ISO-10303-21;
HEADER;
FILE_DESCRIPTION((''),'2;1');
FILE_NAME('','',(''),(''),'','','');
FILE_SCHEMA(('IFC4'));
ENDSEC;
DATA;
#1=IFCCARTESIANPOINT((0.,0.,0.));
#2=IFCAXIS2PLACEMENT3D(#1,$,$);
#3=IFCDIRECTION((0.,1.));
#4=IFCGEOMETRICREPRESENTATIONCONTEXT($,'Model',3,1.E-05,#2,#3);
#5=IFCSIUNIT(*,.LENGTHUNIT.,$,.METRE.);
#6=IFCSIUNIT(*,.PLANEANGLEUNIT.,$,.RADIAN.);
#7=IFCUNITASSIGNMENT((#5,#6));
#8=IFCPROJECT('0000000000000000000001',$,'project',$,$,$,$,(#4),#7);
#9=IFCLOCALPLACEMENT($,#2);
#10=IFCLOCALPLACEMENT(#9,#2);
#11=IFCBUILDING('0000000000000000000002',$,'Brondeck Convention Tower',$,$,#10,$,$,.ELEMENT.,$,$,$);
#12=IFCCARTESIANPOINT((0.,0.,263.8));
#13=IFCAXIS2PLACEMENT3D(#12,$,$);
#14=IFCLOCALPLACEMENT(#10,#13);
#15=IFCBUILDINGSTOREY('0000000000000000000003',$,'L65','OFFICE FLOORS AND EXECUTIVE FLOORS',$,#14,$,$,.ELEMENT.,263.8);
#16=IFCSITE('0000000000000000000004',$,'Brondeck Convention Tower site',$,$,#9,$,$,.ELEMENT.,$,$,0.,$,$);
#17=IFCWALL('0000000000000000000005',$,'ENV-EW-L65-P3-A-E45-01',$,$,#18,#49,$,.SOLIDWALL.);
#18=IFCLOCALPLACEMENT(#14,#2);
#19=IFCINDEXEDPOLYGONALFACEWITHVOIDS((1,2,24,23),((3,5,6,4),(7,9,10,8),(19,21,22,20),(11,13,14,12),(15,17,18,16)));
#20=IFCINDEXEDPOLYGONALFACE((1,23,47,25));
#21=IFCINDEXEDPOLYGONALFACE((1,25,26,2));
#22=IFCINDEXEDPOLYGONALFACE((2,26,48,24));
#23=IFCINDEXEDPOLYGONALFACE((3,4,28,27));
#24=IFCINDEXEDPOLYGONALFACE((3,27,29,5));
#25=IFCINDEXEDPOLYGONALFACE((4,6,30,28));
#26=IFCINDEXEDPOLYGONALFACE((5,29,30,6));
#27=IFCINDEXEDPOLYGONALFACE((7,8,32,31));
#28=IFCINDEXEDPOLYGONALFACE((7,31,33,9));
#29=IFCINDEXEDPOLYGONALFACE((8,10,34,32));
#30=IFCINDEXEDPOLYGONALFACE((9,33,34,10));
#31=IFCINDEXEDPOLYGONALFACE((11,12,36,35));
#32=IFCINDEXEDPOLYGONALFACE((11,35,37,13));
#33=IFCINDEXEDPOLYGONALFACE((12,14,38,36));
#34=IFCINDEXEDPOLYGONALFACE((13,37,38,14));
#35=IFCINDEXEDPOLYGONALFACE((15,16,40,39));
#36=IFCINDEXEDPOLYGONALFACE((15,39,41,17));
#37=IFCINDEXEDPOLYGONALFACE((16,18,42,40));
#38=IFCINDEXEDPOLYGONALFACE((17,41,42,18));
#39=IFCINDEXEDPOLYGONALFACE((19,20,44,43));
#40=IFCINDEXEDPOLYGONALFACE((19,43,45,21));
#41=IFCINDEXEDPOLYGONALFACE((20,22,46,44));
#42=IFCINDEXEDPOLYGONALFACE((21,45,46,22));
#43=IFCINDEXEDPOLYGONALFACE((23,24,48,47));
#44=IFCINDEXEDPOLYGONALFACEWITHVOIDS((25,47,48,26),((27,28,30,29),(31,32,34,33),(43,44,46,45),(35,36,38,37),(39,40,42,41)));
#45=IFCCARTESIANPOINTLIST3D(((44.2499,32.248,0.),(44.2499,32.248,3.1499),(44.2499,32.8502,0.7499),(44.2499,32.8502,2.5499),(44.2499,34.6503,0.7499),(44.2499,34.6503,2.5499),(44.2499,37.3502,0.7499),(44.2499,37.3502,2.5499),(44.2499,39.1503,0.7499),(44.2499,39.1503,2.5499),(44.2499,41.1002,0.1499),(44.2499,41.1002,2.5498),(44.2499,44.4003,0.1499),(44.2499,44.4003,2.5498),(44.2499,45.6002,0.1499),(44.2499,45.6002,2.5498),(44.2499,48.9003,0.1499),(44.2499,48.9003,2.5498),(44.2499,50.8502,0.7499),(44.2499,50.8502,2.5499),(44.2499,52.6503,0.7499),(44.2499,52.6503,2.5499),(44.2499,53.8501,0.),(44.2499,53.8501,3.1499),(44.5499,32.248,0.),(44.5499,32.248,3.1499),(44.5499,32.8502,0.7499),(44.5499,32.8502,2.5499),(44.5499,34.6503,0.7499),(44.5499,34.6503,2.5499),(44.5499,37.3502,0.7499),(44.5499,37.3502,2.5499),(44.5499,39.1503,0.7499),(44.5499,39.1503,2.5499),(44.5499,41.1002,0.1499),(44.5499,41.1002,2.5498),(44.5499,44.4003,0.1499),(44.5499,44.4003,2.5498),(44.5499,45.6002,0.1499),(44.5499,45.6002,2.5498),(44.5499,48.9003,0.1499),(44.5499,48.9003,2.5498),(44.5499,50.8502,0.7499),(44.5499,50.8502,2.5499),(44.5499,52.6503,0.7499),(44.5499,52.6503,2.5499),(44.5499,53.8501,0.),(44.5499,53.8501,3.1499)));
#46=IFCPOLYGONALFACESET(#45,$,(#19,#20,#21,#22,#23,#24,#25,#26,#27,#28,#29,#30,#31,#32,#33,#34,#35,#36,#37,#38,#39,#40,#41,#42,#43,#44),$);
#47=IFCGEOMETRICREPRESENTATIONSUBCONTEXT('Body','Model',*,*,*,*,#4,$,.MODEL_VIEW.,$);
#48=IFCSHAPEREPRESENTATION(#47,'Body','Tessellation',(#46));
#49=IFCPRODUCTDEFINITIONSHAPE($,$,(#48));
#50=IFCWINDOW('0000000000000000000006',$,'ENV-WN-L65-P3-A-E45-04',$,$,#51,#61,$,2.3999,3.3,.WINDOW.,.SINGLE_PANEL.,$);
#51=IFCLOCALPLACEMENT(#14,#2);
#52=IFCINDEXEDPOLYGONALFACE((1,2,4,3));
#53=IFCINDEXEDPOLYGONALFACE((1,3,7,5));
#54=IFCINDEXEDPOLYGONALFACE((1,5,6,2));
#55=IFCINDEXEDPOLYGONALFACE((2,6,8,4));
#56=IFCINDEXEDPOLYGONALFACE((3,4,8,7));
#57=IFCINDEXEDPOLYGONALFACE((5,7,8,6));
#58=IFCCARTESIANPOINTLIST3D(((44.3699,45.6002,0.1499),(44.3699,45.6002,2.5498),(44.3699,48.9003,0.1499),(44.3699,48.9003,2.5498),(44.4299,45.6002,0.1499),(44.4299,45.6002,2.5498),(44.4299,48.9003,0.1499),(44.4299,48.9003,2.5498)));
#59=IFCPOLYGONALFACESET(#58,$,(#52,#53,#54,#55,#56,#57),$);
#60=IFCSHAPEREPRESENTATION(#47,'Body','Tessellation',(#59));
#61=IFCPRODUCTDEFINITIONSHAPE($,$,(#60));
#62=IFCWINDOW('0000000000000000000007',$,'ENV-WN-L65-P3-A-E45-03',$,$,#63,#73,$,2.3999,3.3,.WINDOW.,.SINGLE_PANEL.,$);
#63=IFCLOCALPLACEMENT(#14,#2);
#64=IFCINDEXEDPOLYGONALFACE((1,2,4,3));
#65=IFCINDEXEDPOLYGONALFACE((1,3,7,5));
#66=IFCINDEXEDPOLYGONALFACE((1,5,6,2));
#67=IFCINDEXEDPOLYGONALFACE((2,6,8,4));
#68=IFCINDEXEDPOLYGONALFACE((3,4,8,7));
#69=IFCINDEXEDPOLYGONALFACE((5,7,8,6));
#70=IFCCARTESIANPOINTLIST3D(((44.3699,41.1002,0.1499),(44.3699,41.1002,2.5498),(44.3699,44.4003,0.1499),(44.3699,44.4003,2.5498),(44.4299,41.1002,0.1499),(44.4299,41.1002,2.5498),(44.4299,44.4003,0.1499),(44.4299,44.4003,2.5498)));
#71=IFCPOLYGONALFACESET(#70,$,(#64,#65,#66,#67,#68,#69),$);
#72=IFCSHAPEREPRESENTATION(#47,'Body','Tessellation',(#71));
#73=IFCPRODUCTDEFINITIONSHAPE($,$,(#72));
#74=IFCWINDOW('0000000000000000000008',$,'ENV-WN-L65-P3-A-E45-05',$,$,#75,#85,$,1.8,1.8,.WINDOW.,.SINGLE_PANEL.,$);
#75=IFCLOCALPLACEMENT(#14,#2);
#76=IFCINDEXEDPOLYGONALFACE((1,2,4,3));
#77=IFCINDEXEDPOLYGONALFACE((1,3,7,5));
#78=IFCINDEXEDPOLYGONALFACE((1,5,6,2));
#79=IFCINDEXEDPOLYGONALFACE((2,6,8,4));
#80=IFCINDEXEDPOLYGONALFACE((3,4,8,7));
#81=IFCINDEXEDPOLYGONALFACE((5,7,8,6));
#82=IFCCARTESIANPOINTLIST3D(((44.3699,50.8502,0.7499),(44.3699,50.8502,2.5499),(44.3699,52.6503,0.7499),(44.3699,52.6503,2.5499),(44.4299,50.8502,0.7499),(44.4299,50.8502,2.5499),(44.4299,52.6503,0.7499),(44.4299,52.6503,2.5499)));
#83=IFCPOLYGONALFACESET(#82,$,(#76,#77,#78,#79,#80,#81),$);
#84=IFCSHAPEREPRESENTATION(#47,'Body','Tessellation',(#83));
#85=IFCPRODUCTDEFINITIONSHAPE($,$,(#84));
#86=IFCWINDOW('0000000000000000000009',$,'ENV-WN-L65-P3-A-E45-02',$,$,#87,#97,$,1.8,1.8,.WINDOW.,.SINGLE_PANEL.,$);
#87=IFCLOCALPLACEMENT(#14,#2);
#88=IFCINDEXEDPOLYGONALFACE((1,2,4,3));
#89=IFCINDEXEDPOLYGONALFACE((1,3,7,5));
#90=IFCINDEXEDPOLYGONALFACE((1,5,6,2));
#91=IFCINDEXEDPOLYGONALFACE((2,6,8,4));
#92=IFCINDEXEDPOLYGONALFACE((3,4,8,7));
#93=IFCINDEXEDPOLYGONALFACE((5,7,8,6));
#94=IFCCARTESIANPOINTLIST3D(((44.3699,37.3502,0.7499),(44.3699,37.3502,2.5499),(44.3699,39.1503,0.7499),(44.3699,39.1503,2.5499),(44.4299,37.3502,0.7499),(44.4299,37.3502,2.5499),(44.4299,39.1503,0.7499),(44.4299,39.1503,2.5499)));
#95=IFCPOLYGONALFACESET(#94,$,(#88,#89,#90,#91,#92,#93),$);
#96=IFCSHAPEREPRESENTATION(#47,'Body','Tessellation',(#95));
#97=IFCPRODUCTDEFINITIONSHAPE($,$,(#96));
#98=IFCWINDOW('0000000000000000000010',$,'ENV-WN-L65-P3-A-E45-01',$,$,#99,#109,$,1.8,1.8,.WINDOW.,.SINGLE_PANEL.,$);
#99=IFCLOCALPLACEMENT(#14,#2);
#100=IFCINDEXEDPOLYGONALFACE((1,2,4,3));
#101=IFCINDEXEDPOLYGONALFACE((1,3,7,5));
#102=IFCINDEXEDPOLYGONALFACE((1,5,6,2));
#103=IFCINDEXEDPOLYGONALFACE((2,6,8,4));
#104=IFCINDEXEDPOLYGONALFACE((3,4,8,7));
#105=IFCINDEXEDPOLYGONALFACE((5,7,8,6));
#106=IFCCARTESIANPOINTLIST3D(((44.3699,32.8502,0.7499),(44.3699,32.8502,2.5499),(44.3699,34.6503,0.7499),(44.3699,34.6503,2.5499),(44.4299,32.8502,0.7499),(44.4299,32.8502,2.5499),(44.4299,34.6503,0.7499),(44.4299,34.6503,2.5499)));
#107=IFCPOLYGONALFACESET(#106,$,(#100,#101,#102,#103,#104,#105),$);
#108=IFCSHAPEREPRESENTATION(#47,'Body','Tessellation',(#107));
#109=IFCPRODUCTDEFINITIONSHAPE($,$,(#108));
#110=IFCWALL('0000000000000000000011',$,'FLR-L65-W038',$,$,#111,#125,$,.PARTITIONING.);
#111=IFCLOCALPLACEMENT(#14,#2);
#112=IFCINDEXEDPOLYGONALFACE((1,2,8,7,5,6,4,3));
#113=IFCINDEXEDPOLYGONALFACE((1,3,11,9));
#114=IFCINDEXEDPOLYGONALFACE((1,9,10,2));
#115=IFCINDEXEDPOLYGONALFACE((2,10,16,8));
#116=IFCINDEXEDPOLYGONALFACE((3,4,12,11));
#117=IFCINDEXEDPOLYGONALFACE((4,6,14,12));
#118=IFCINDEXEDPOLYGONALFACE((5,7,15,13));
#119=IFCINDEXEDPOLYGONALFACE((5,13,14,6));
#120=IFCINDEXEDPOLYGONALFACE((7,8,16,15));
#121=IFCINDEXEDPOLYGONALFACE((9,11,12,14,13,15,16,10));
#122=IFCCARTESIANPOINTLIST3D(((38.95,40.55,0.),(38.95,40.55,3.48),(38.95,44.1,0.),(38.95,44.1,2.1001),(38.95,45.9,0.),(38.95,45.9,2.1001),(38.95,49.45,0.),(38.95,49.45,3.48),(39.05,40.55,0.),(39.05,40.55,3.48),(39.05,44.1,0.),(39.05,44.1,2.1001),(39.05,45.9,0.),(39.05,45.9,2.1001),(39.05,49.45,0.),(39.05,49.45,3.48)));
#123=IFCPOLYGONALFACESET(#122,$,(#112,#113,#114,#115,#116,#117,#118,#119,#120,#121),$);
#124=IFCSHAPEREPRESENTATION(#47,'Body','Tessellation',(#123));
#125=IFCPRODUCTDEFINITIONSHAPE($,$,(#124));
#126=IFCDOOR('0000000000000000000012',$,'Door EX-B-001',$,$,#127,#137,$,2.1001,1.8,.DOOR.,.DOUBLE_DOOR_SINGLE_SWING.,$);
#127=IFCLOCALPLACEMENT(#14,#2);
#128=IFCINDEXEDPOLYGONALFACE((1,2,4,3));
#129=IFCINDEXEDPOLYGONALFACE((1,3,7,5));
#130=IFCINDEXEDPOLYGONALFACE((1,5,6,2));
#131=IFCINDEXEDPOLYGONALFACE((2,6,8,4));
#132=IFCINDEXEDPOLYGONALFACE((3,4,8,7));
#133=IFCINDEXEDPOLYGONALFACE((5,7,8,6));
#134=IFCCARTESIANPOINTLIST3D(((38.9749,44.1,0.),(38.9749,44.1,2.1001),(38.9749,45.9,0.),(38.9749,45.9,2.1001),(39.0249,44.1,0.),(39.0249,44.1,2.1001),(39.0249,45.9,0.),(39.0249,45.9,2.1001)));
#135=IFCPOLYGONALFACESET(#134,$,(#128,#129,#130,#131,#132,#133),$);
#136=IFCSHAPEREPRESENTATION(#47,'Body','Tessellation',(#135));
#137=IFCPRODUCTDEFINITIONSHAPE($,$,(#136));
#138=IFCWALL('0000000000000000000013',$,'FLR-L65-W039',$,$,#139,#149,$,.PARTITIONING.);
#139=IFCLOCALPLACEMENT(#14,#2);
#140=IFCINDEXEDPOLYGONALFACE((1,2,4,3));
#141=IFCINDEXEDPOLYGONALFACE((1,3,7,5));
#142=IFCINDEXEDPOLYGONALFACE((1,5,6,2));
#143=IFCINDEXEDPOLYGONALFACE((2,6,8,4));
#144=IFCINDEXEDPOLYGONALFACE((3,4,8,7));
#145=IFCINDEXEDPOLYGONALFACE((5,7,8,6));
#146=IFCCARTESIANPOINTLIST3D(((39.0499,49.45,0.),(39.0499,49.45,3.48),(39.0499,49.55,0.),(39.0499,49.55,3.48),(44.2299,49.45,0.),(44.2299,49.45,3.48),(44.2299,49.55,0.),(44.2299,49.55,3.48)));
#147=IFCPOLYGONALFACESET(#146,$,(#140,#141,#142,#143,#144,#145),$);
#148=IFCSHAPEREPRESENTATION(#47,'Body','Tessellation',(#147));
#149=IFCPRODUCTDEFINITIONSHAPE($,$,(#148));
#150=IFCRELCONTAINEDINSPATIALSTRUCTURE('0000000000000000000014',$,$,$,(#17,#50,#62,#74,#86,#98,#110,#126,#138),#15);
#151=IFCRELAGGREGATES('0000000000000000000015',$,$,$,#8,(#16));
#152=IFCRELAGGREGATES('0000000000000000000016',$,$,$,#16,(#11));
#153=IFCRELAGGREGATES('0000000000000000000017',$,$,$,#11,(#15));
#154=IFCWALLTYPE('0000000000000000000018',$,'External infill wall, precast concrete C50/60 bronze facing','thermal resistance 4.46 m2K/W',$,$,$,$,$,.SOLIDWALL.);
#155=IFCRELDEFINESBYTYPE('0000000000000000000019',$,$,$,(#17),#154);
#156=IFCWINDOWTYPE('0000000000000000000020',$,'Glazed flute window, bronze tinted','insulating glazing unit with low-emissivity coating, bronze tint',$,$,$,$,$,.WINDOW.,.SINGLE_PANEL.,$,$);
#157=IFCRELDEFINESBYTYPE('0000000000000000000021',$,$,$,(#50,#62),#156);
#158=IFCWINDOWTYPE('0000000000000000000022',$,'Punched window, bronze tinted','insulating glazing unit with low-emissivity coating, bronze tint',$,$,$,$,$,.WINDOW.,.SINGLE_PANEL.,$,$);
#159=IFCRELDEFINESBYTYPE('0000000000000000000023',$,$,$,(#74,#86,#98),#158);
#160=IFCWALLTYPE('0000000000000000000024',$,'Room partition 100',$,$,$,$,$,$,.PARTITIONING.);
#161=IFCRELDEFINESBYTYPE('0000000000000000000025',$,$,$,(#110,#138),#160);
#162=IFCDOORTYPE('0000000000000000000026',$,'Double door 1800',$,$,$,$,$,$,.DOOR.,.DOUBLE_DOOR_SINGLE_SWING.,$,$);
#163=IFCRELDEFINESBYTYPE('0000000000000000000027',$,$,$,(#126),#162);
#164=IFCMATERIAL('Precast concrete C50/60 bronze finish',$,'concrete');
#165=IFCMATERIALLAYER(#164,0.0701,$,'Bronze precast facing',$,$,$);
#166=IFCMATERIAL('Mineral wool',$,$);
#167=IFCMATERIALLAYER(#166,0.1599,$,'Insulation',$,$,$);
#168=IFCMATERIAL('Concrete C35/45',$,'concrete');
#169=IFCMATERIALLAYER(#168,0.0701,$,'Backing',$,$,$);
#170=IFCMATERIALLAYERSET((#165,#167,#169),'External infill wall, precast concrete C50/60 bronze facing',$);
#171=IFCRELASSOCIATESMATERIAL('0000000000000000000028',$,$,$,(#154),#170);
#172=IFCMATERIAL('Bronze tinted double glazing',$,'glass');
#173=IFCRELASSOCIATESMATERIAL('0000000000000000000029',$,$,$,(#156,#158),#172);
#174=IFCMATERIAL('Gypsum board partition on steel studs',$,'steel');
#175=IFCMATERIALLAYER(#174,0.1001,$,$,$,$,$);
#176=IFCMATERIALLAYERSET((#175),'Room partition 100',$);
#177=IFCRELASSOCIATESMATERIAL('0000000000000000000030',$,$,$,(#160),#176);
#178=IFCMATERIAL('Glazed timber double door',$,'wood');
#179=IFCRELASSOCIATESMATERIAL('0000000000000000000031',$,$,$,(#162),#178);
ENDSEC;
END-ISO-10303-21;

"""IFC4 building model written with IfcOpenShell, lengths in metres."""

from ifc_helpers import new_model, si_unit, direction, frame, frame_2d, origin, place, context, subcontext, project, spatial, rectangle, extrude, material, layer, layer_set, type_object, element, fill, save


model = new_model("IFC4")

# Units and contexts
model_context = context("Model", 3, precision=1e-05, world=origin(), true_north=direction((0.0, 1.0)))
body_context = subcontext(model_context, "Body", "Model", "MODEL_VIEW")
ifc_project = project(units=[si_unit("LENGTHUNIT", "METRE"), si_unit("PLANEANGLEUNIT", "RADIAN")], contexts=[model_context])

# Site, building, storey
site_placement = place(None, origin())
site = spatial("IfcSite", under=ifc_project, at=site_placement, Name="Brondeck Convention Tower site", CompositionType="ELEMENT", RefElevation=0.0)
building_placement = place(site_placement, origin())
building = spatial("IfcBuilding", under=site, at=building_placement, Name="Brondeck Convention Tower", CompositionType="ELEMENT")
storey_placement = place(building_placement, frame((0.0, 0.0, 263.8)))
storey = spatial("IfcBuildingStorey", under=building, at=storey_placement, Name="L65", Description="OFFICE FLOORS AND EXECUTIVE FLOORS", CompositionType="ELEMENT", Elevation=263.8)

# Wall, openings, windows
ifc_material_1 = material(Name="Precast concrete C50/60 bronze finish", Category="concrete")
ifc_layer_1 = layer(ifc_material_1, 0.0701, Name="Bronze precast facing")
ifc_material_2 = material(Name="Mineral wool")
ifc_layer_2 = layer(ifc_material_2, 0.1599, Name="Insulation")
ifc_material_3 = material(Name="Concrete C35/45", Category="concrete")
ifc_layer_3 = layer(ifc_material_3, 0.0701, Name="Backing")
ifc_layer_set_1 = layer_set([ifc_layer_1, ifc_layer_2, ifc_layer_3], Name="External infill wall, precast concrete C50/60 bronze facing")
wall_type_1 = type_object("IfcWallType", Name="External infill wall, precast concrete C50/60 bronze facing", Description="thermal resistance 4.46 m2K/W", PredefinedType="SOLIDWALL", material=ifc_layer_set_1)
wall_1_placement = place(storey_placement, frame((44.3999, 53.8501, 0.0), z_axis=(0.0, 0.0, 1.0), x_axis=(0.0, -1.0, 0.0)))
wall_1 = element("IfcWall", 1, at=wall_1_placement, inside=storey, type_object=wall_type_1, Name="ENV-EW-L65-P3-A-E45-01", PredefinedType="SOLIDWALL", context=body_context, shape_type="SweptSolid", body=[
    extrude(rectangle(XDim=21.6021, YDim=0.3, at=frame_2d((10.801, 0.0))), origin(), (0.0, 0.0, 1.0), 3.1499),
])
opening_1_placement = place(wall_1_placement, frame((1.2, 0.0, 0.75)))
opening_1 = element("IfcOpeningElement", 2, at=opening_1_placement, cuts=wall_1, PredefinedType="OPENING", context=body_context, shape_type="SweptSolid", body=[
    extrude(rectangle(XDim=1.8, YDim=1.8, at=frame_2d((0.8999, 0.8999))), frame((0.0, 0.1599, 0.0), z_axis=(0.0, -1.0, 0.0), x_axis=(1.0, 0.0, 0.0)), (0.0, 0.0, 1.0), 0.3201),
])
opening_2_placement = place(wall_1_placement, frame((4.95, 0.0, 0.1499)))
opening_2 = element("IfcOpeningElement", 3, at=opening_2_placement, cuts=wall_1, PredefinedType="OPENING", context=body_context, shape_type="SweptSolid", body=[
    extrude(rectangle(XDim=3.3, YDim=2.3999, at=frame_2d((1.6499, 1.2))), frame((0.0, 0.1599, 0.0), z_axis=(0.0, -1.0, 0.0), x_axis=(1.0, 0.0, 0.0)), (0.0, 0.0, 1.0), 0.3201),
])
opening_3_placement = place(wall_1_placement, frame((9.45, 0.0, 0.1499)))
opening_3 = element("IfcOpeningElement", 4, at=opening_3_placement, cuts=wall_1, PredefinedType="OPENING", context=body_context, shape_type="SweptSolid", body=[
    extrude(rectangle(XDim=3.3, YDim=2.3999, at=frame_2d((1.6499, 1.2))), frame((0.0, 0.1599, 0.0), z_axis=(0.0, -1.0, 0.0), x_axis=(1.0, 0.0, 0.0)), (0.0, 0.0, 1.0), 0.3201),
])
opening_4_placement = place(wall_1_placement, frame((14.7, 0.0, 0.75)))
opening_4 = element("IfcOpeningElement", 5, at=opening_4_placement, cuts=wall_1, PredefinedType="OPENING", context=body_context, shape_type="SweptSolid", body=[
    extrude(rectangle(XDim=1.8, YDim=1.8, at=frame_2d((0.8999, 0.8999))), frame((0.0, 0.1599, 0.0), z_axis=(0.0, -1.0, 0.0), x_axis=(1.0, 0.0, 0.0)), (0.0, 0.0, 1.0), 0.3201),
])
opening_5_placement = place(wall_1_placement, frame((19.2, 0.0, 0.75)))
opening_5 = element("IfcOpeningElement", 6, at=opening_5_placement, cuts=wall_1, PredefinedType="OPENING", context=body_context, shape_type="SweptSolid", body=[
    extrude(rectangle(XDim=1.8, YDim=1.8, at=frame_2d((0.8999, 0.8999))), frame((0.0, 0.1599, 0.0), z_axis=(0.0, -1.0, 0.0), x_axis=(1.0, 0.0, 0.0)), (0.0, 0.0, 1.0), 0.3201),
])
ifc_material_4 = material(Name="Bronze tinted double glazing", Category="glass")
window_type_1 = type_object("IfcWindowType", Name="Glazed flute window, bronze tinted", Description="insulating glazing unit with low-emissivity coating, bronze tint", PartitioningType="SINGLE_PANEL", PredefinedType="WINDOW", material=ifc_material_4)
window_1_placement = place(opening_2_placement, origin())
window_1 = element("IfcWindow", 7, at=window_1_placement, inside=storey, type_object=window_type_1, Name="ENV-WN-L65-P3-A-E45-04", OverallHeight=2.3999, OverallWidth=3.3, PartitioningType="SINGLE_PANEL", PredefinedType="WINDOW", context=body_context, shape_type="SweptSolid", body=[
    extrude(rectangle(XDim=3.3, YDim=2.3999, at=frame_2d((1.6499, 1.2))), frame((0.0, 0.03, 0.0), z_axis=(0.0, -1.0, 0.0), x_axis=(1.0, 0.0, 0.0)), (0.0, 0.0, 1.0), 0.0601),
])
fill(opening_2, window_1)
window_2_placement = place(opening_3_placement, origin())
window_2 = element("IfcWindow", 8, at=window_2_placement, inside=storey, type_object=window_type_1, Name="ENV-WN-L65-P3-A-E45-03", OverallHeight=2.3999, OverallWidth=3.3, PartitioningType="SINGLE_PANEL", PredefinedType="WINDOW", context=body_context, shape_type="SweptSolid", body=[
    extrude(rectangle(XDim=3.3, YDim=2.3999, at=frame_2d((1.6499, 1.2))), frame((0.0, 0.03, 0.0), z_axis=(0.0, -1.0, 0.0), x_axis=(1.0, 0.0, 0.0)), (0.0, 0.0, 1.0), 0.0601),
])
fill(opening_3, window_2)
window_type_2 = type_object("IfcWindowType", Name="Punched window, bronze tinted", Description="insulating glazing unit with low-emissivity coating, bronze tint", PartitioningType="SINGLE_PANEL", PredefinedType="WINDOW", material=ifc_material_4)
window_3_placement = place(opening_1_placement, origin())
window_3 = element("IfcWindow", 9, at=window_3_placement, inside=storey, type_object=window_type_2, Name="ENV-WN-L65-P3-A-E45-05", OverallHeight=1.8, OverallWidth=1.8, PartitioningType="SINGLE_PANEL", PredefinedType="WINDOW", context=body_context, shape_type="SweptSolid", body=[
    extrude(rectangle(XDim=1.8, YDim=1.8, at=frame_2d((0.8999, 0.8999))), frame((0.0, 0.03, 0.0), z_axis=(0.0, -1.0, 0.0), x_axis=(1.0, 0.0, 0.0)), (0.0, 0.0, 1.0), 0.0601),
])
fill(opening_1, window_3)
window_4_placement = place(opening_4_placement, origin())
window_4 = element("IfcWindow", 10, at=window_4_placement, inside=storey, type_object=window_type_2, Name="ENV-WN-L65-P3-A-E45-02", OverallHeight=1.8, OverallWidth=1.8, PartitioningType="SINGLE_PANEL", PredefinedType="WINDOW", context=body_context, shape_type="SweptSolid", body=[
    extrude(rectangle(XDim=1.8, YDim=1.8, at=frame_2d((0.8999, 0.8999))), frame((0.0, 0.03, 0.0), z_axis=(0.0, -1.0, 0.0), x_axis=(1.0, 0.0, 0.0)), (0.0, 0.0, 1.0), 0.0601),
])
fill(opening_4, window_4)
window_5_placement = place(opening_5_placement, origin())
window_5 = element("IfcWindow", 11, at=window_5_placement, inside=storey, type_object=window_type_2, Name="ENV-WN-L65-P3-A-E45-01", OverallHeight=1.8, OverallWidth=1.8, PartitioningType="SINGLE_PANEL", PredefinedType="WINDOW", context=body_context, shape_type="SweptSolid", body=[
    extrude(rectangle(XDim=1.8, YDim=1.8, at=frame_2d((0.8999, 0.8999))), frame((0.0, 0.03, 0.0), z_axis=(0.0, -1.0, 0.0), x_axis=(1.0, 0.0, 0.0)), (0.0, 0.0, 1.0), 0.0601),
])
fill(opening_5, window_5)

# Wall, opening, door
ifc_material_5 = material(Name="Gypsum board partition on steel studs", Category="steel")
ifc_layer_4 = layer(ifc_material_5, 0.1001)
ifc_layer_set_2 = layer_set([ifc_layer_4], Name="Room partition 100")
wall_type_2 = type_object("IfcWallType", Name="Room partition 100", PredefinedType="PARTITIONING", material=ifc_layer_set_2)
wall_2_placement = place(storey_placement, frame((39.0, 49.45, 0.0), z_axis=(0.0, 0.0, 1.0), x_axis=(0.0, -1.0, 0.0)))
wall_2 = element("IfcWall", 12, at=wall_2_placement, inside=storey, type_object=wall_type_2, Name="FLR-L65-W038", PredefinedType="PARTITIONING", context=body_context, shape_type="SweptSolid", body=[
    extrude(rectangle(XDim=8.8999, YDim=0.1001, at=frame_2d((4.45, 0.0))), origin(), (0.0, 0.0, 1.0), 3.48),
])
opening_6_placement = place(wall_2_placement, frame((3.55, 0.0, 0.0)))
opening_6 = element("IfcOpeningElement", 13, at=opening_6_placement, cuts=wall_2, PredefinedType="OPENING", context=body_context, shape_type="SweptSolid", body=[
    extrude(rectangle(XDim=1.8, YDim=2.1001, at=frame_2d((0.8999, 1.05))), frame((0.0, 0.0601, 0.0), z_axis=(0.0, -1.0, 0.0), x_axis=(1.0, 0.0, 0.0)), (0.0, 0.0, 1.0), 0.1201),
])
ifc_material_6 = material(Name="Glazed timber double door", Category="wood")
door_type_1 = type_object("IfcDoorType", Name="Double door 1800", OperationType="DOUBLE_DOOR_SINGLE_SWING", PredefinedType="DOOR", material=ifc_material_6)
door_1_placement = place(opening_6_placement, origin())
door_1 = element("IfcDoor", 14, at=door_1_placement, inside=storey, type_object=door_type_1, Name="Door EX-B-001", OperationType="DOUBLE_DOOR_SINGLE_SWING", OverallHeight=2.1001, OverallWidth=1.8, PredefinedType="DOOR", context=body_context, shape_type="SweptSolid", body=[
    extrude(rectangle(XDim=1.8, YDim=2.1001, at=frame_2d((0.8999, 1.05))), frame((0.0, 0.0249, 0.0), z_axis=(0.0, -1.0, 0.0), x_axis=(1.0, 0.0, 0.0)), (0.0, 0.0, 1.0), 0.05),
])
fill(opening_6, door_1)

# Wall
wall_3_placement = place(storey_placement, frame((39.05, 49.5, 0.0), z_axis=(0.0, 0.0, 1.0), x_axis=(1.0, 0.0, 0.0)))
element("IfcWall", 15, at=wall_3_placement, inside=storey, type_object=wall_type_2, Name="FLR-L65-W039", PredefinedType="PARTITIONING", context=body_context, shape_type="SweptSolid", body=[
    extrude(rectangle(XDim=5.1799, YDim=0.1001, at=frame_2d((2.5898, 0.0))), origin(), (0.0, 0.0, 1.0), 3.48),
])

save(model, "model.ifc")
